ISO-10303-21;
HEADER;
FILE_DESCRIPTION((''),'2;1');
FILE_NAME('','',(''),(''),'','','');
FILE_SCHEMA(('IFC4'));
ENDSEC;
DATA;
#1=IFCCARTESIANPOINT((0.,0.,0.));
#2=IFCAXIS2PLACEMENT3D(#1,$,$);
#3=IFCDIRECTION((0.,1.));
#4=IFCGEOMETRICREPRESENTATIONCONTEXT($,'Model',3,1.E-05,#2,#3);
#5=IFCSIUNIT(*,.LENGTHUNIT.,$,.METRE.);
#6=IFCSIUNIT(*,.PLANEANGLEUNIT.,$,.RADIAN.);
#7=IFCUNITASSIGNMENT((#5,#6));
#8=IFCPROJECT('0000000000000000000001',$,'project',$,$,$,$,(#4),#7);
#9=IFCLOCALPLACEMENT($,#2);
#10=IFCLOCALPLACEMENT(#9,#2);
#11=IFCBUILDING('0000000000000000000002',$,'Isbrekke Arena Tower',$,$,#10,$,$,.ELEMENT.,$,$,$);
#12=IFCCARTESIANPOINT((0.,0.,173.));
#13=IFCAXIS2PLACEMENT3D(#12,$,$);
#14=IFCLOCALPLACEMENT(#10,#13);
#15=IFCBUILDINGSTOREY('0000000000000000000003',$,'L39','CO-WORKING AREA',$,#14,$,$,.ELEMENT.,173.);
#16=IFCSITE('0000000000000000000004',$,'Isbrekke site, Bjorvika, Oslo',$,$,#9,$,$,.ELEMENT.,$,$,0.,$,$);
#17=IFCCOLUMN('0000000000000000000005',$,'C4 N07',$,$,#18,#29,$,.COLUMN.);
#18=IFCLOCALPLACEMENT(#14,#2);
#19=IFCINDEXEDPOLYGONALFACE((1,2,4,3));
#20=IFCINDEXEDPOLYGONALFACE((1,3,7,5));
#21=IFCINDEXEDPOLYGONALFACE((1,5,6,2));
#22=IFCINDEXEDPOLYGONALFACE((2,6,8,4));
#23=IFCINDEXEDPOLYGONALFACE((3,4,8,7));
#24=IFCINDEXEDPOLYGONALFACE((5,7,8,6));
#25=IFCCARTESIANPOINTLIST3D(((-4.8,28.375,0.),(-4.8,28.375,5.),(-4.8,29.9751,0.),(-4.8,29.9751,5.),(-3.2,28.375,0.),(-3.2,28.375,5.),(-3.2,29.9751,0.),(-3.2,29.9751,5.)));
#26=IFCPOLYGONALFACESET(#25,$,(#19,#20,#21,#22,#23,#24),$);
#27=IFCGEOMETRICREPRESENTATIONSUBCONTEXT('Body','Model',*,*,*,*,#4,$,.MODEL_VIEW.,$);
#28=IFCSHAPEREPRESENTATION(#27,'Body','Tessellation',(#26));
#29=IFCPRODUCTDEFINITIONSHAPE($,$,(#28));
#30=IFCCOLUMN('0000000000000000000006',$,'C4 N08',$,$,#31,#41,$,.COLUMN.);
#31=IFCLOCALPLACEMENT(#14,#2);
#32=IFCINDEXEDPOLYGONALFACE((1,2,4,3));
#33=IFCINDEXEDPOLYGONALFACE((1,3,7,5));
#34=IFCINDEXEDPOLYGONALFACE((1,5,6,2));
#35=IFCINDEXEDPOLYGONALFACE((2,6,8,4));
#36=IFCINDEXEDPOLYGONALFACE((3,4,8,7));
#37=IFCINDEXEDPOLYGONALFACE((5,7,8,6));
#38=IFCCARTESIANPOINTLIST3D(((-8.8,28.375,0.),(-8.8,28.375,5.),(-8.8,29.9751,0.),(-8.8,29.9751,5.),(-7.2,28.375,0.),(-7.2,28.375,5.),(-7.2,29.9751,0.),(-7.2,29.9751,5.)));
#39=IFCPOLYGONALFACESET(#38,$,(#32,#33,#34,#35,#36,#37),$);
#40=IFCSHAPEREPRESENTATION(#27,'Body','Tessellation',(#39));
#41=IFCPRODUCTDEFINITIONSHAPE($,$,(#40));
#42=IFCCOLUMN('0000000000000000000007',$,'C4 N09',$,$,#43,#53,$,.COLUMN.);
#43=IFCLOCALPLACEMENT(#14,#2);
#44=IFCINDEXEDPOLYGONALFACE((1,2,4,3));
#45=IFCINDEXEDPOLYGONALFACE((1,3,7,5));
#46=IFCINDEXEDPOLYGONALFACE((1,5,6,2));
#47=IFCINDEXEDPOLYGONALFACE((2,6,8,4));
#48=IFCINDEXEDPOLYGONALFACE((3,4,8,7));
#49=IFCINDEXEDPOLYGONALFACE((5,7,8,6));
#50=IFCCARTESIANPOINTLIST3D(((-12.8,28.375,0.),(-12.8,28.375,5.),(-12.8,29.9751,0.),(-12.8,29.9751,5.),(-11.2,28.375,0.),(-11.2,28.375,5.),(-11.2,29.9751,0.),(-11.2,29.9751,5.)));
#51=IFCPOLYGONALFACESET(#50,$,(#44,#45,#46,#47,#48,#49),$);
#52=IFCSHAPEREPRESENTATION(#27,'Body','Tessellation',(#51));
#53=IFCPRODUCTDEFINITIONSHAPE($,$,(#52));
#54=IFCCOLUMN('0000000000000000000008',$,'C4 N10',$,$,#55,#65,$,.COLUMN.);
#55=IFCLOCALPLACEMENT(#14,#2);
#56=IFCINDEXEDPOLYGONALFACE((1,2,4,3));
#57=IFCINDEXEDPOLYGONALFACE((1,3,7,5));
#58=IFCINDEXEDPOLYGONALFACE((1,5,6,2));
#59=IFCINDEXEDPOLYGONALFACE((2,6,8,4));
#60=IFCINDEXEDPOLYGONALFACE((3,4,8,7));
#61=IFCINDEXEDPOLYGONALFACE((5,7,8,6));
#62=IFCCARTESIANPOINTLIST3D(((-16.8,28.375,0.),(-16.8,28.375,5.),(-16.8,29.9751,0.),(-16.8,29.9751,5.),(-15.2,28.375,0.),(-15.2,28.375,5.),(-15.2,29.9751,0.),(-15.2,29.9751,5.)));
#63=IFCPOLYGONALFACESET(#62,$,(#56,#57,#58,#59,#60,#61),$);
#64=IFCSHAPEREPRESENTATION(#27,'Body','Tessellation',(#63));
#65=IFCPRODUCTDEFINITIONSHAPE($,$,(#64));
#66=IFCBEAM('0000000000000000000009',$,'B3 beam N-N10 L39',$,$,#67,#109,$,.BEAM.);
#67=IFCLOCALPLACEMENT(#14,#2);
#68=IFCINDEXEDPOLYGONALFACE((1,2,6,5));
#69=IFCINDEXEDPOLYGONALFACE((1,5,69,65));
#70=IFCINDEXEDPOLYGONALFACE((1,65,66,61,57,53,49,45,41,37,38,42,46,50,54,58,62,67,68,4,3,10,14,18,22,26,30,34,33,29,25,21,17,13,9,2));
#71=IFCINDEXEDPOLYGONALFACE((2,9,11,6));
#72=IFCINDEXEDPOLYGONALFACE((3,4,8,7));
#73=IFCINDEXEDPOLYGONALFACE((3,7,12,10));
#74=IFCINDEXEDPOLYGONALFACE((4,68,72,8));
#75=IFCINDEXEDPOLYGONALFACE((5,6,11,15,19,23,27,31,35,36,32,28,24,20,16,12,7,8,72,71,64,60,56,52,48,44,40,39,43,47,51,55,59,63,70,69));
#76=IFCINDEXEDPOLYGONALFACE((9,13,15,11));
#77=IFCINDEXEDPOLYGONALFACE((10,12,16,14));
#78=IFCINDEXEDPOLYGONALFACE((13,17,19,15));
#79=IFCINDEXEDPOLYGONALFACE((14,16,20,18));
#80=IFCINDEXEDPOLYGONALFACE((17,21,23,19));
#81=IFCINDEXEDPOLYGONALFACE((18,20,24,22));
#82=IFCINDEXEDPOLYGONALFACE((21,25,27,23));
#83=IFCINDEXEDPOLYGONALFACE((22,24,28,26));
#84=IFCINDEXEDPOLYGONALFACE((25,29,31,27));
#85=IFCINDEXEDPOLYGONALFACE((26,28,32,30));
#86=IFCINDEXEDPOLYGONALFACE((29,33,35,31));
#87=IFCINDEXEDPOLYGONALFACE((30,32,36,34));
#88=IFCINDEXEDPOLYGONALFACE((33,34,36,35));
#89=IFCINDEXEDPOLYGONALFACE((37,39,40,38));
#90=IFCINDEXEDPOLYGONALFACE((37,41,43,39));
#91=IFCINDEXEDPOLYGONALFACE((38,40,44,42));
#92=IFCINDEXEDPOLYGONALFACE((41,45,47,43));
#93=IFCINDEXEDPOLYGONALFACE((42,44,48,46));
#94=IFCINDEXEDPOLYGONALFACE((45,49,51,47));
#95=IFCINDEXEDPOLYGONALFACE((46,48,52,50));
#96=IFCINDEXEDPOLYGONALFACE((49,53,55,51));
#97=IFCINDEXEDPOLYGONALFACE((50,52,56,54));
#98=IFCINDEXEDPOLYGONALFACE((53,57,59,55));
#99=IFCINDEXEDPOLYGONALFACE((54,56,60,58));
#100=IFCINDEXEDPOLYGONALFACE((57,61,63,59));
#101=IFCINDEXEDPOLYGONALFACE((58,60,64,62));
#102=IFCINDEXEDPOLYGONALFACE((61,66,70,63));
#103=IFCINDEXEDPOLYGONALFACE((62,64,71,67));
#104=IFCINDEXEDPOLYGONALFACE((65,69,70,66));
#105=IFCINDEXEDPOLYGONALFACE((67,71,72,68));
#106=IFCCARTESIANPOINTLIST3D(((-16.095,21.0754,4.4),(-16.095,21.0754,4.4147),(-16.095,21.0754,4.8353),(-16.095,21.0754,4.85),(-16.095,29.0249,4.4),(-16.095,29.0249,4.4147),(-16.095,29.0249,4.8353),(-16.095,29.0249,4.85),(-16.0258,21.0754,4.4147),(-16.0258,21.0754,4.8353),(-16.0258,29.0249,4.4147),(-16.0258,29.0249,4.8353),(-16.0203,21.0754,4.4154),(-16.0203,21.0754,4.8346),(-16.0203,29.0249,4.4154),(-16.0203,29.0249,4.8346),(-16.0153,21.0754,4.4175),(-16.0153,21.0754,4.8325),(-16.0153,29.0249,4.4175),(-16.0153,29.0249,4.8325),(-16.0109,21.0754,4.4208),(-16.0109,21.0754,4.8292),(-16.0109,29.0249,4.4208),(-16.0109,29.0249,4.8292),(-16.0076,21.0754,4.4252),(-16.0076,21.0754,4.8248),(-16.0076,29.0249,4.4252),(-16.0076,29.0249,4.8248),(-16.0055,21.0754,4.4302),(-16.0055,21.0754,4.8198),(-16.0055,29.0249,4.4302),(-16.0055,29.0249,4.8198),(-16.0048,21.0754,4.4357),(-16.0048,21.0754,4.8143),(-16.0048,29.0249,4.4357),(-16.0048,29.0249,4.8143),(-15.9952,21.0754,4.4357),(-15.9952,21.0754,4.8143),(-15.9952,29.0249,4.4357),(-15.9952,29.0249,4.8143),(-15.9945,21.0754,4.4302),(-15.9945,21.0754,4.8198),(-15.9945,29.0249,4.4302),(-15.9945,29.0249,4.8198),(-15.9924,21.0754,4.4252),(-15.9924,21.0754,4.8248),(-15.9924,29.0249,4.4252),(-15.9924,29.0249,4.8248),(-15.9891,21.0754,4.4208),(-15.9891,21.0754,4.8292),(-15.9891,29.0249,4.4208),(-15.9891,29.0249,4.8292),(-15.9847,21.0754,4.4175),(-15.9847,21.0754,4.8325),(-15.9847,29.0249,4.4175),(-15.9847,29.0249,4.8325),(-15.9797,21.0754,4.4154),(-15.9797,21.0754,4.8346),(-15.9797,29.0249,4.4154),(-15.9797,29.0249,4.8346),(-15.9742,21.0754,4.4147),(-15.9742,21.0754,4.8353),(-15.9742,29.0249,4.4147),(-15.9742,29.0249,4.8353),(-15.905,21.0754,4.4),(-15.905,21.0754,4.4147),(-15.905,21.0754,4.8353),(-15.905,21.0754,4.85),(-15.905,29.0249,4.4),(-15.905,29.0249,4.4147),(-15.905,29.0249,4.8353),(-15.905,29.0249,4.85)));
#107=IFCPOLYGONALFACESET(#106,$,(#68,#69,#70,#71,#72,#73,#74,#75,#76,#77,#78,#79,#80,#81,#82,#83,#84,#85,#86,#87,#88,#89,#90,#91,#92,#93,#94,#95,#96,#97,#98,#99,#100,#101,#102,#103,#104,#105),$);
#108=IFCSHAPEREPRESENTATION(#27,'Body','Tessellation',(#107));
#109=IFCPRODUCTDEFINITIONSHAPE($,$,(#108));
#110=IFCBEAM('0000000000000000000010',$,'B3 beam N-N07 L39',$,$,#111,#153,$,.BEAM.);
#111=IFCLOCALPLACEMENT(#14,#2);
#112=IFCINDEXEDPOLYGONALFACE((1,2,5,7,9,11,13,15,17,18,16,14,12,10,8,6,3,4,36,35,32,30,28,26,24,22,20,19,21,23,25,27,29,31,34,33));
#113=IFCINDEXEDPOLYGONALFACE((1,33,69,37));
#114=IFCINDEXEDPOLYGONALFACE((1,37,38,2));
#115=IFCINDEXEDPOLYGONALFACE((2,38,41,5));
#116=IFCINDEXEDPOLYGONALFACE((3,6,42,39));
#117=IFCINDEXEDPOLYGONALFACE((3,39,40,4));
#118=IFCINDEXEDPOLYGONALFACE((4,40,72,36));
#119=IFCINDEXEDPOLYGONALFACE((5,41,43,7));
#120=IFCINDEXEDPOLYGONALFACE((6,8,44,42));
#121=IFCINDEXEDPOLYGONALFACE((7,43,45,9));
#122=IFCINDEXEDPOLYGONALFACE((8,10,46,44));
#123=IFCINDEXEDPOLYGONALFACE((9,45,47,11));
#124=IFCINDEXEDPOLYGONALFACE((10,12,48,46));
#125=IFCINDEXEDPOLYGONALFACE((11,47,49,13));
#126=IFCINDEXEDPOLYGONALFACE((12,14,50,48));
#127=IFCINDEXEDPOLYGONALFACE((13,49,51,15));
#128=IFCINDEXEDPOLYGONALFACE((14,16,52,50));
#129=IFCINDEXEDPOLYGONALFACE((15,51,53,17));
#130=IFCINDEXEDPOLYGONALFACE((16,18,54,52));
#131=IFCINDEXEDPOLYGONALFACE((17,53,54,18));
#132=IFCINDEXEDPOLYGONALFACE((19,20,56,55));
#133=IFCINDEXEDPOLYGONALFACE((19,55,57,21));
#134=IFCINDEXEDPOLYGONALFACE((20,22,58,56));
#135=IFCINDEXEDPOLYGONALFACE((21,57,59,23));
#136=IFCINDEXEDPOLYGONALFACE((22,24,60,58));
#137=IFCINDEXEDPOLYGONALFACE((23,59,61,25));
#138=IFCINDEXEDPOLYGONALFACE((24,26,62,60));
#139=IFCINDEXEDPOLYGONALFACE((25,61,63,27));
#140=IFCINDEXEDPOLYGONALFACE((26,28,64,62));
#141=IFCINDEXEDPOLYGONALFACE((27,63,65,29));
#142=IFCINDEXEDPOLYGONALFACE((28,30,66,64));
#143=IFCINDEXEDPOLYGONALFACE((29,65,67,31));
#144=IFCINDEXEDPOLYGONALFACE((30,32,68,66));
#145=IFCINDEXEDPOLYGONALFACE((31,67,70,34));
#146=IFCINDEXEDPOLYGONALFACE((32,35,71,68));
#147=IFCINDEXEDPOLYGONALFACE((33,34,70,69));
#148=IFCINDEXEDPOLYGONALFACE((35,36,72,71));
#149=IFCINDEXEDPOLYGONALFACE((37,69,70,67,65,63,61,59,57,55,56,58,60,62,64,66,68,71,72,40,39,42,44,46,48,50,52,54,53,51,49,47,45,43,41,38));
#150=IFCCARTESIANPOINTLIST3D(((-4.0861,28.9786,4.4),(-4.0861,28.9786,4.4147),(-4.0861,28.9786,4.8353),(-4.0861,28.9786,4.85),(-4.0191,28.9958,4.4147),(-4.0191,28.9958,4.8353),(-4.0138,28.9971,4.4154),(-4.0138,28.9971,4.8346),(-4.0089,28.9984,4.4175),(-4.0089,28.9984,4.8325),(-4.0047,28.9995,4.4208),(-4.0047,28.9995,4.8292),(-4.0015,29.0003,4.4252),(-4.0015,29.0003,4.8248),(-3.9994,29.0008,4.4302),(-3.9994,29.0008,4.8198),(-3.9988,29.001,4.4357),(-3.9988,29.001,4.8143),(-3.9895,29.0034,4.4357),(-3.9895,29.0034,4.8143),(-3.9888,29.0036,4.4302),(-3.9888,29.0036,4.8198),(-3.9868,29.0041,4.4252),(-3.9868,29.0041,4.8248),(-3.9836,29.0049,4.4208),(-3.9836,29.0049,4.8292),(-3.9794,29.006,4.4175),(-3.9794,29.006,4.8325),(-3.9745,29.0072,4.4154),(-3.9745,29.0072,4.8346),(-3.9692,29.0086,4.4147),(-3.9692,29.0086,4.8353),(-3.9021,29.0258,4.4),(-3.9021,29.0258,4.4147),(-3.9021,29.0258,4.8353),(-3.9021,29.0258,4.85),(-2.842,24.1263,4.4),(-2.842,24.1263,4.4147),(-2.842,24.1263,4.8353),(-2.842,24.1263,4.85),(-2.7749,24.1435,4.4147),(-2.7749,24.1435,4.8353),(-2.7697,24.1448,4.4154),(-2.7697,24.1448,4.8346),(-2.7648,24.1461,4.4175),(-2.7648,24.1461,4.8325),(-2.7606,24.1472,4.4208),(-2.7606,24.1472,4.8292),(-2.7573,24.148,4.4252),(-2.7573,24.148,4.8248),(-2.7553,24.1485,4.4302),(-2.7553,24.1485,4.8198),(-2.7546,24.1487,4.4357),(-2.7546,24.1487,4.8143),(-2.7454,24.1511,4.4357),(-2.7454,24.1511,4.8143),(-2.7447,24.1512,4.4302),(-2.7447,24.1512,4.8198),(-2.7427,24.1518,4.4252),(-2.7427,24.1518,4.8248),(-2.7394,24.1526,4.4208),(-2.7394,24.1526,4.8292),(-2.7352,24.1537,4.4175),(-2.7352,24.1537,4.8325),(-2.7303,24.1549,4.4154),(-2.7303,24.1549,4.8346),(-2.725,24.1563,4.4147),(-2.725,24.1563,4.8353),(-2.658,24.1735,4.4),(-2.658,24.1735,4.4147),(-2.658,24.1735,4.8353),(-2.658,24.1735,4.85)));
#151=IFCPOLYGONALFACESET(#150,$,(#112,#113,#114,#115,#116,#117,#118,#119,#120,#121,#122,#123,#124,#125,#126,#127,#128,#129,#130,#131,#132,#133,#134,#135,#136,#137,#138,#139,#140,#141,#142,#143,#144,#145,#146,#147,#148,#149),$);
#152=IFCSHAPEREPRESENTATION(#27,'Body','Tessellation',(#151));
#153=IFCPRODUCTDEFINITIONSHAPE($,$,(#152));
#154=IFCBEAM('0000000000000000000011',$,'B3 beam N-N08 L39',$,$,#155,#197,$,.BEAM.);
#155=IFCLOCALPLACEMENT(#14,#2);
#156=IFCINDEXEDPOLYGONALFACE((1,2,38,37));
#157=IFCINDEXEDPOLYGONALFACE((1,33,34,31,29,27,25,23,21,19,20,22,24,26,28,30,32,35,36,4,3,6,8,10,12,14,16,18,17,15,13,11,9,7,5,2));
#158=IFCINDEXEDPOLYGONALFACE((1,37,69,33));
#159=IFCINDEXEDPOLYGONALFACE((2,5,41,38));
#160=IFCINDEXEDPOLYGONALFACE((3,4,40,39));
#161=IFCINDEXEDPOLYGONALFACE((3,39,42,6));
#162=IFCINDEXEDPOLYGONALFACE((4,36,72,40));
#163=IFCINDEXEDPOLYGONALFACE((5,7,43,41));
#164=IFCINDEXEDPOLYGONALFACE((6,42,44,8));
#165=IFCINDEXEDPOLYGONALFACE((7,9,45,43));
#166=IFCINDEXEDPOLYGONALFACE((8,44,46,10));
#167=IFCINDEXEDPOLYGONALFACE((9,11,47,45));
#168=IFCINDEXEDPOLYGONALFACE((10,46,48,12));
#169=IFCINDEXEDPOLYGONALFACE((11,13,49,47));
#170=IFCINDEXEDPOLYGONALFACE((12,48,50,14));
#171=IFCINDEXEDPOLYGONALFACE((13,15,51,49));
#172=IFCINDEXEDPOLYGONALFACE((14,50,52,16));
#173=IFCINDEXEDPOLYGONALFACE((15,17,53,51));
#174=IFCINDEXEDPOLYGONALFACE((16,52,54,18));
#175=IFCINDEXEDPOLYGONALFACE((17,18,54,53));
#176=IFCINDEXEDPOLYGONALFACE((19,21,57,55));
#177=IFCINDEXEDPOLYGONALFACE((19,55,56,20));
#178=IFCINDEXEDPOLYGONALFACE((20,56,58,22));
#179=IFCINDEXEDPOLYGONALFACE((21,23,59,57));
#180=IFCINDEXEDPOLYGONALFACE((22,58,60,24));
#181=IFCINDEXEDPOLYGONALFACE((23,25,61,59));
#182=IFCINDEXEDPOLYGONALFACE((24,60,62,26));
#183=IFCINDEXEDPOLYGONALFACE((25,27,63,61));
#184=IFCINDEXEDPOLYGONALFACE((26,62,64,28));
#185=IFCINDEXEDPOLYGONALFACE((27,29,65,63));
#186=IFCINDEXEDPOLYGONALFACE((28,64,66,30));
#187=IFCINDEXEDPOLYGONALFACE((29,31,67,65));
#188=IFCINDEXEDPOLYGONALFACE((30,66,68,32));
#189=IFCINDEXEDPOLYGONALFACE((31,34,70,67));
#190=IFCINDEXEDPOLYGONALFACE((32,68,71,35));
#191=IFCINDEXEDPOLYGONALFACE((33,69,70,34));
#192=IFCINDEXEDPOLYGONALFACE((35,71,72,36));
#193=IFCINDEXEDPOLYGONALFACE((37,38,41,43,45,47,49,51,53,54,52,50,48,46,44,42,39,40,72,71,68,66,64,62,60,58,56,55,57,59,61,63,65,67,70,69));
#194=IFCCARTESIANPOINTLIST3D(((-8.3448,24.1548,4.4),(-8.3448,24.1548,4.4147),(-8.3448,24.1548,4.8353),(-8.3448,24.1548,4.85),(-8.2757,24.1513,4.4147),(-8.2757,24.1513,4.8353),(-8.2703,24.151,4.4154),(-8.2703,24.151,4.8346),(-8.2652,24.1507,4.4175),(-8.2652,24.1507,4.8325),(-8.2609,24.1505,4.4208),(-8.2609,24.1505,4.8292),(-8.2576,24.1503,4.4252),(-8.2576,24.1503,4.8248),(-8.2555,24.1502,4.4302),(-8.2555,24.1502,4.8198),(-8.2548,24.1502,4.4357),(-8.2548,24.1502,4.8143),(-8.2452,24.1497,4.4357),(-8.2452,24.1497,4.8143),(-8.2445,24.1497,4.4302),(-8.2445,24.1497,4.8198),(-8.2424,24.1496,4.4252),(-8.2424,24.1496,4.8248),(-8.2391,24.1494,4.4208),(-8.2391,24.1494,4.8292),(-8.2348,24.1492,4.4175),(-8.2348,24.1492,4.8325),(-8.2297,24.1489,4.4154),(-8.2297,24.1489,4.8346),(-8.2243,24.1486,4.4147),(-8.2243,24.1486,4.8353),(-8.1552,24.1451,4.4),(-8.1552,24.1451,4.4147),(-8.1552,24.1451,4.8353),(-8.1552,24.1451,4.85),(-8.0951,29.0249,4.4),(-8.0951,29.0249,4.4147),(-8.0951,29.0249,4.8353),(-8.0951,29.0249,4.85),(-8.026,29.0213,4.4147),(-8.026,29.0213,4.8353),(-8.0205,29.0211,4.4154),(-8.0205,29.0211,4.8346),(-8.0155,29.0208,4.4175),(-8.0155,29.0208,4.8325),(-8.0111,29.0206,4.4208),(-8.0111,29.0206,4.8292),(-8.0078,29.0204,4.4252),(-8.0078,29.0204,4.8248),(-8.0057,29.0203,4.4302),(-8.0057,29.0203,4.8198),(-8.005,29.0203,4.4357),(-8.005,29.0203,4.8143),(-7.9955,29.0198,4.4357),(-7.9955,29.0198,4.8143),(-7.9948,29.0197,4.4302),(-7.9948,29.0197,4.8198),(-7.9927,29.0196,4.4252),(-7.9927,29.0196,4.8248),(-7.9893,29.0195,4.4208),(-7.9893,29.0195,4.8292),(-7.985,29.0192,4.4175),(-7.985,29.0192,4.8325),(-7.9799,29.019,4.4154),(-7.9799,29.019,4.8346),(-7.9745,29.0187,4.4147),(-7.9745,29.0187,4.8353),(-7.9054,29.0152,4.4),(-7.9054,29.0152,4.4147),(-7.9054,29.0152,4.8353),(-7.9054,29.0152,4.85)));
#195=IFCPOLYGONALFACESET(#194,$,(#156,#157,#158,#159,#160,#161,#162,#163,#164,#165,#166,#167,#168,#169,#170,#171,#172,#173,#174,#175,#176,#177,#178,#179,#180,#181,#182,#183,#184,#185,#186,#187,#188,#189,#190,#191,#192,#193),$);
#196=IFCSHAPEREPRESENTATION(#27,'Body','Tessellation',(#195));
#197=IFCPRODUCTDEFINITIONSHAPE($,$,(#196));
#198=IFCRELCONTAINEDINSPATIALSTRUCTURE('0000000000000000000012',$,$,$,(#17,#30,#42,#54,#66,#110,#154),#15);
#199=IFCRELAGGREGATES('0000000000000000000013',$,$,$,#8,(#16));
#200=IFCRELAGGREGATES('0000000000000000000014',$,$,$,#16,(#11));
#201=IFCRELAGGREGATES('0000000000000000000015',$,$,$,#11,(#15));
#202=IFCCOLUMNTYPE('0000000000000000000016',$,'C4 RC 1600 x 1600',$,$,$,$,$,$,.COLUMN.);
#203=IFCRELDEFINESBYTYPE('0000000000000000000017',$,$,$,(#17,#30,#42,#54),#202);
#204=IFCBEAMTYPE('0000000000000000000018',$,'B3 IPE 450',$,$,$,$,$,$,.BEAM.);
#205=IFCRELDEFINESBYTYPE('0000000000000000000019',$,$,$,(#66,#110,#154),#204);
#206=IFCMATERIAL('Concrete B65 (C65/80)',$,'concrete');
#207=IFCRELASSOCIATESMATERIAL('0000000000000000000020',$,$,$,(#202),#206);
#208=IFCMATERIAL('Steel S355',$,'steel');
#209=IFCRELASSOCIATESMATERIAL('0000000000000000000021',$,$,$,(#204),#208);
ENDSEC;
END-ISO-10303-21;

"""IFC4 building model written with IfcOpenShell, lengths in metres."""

from ifc_helpers import new_model, si_unit, direction, frame, origin, origin_2d, place, context, subcontext, project, spatial, rectangle, i_section, extrude, material, material_profile, profile_set, type_object, element, save


model = new_model("IFC4")

# Units and contexts
model_context = context("Model", 3, precision=1e-05, world=origin(), true_north=direction((0.0, 1.0)))
body_context = subcontext(model_context, "Body", "Model", "MODEL_VIEW")
ifc_project = project(units=[si_unit("LENGTHUNIT", "METRE"), si_unit("PLANEANGLEUNIT", "RADIAN")], contexts=[model_context])

# Site, building, storey
site_placement = place(None, origin())
site = spatial("IfcSite", under=ifc_project, at=site_placement, Name="Isbrekke site, Bjorvika, Oslo", CompositionType="ELEMENT", RefElevation=0.0)
building_placement = place(site_placement, origin())
building = spatial("IfcBuilding", under=site, at=building_placement, Name="Isbrekke Arena Tower", CompositionType="ELEMENT")
storey_placement = place(building_placement, frame((0.0, 0.0, 173.0)))
storey = spatial("IfcBuildingStorey", under=building, at=storey_placement, Name="L39", Description="CO-WORKING AREA", CompositionType="ELEMENT", Elevation=173.0)

# Columns
ifc_material_1 = material(Name="Concrete B65 (C65/80)", Category="concrete")
ifc_material_profile_1 = material_profile(ifc_material_1, rectangle(XDim=1.6001, YDim=1.6001, at=origin_2d()), Name="RC 1600x1600")
ifc_profile_set_1 = profile_set([ifc_material_profile_1], Name="Concrete B65 (C65/80)")
column_type = type_object("IfcColumnType", Name="C4 RC 1600 x 1600", PredefinedType="COLUMN", material=ifc_profile_set_1)
for number, where, z_axis, x_axis, name in (
    (1, (-4.0, 29.175, 0.0), (0.0, 0.0, 1.0), (-1.0, 0.0, 0.0), "C4 N07"),
    (2, (-8.0, 29.175, 0.0), (0.0, 0.0, 1.0), (-1.0, 0.0, 0.0), "C4 N08"),
    (3, (-12.0, 29.175, 0.0), (0.0, 0.0, 1.0), (-1.0, 0.0, 0.0), "C4 N09"),
    (4, (-16.0, 29.175, 0.0), (0.0, 0.0, 1.0), (-1.0, 0.0, 0.0), "C4 N10"),
):
    element("IfcColumn", number, at=place(storey_placement, frame(where, z_axis=z_axis, x_axis=x_axis)), inside=storey, type_object=column_type, Name=name, PredefinedType="COLUMN", context=body_context, shape_type="SweptSolid", body=[
        extrude(rectangle(XDim=1.6001, YDim=1.6001, at=origin_2d()), origin(), (0.0, 0.0, 1.0), 5.0),
    ])

# Beams
ifc_material_2 = material(Name="Steel S355", Category="steel")
ifc_material_profile_2 = material_profile(ifc_material_2, i_section(OverallWidth=0.1899, OverallDepth=0.45, WebThickness=0.0095, FlangeThickness=0.0146, FilletRadius=0.021, at=origin_2d()), Name="IPE 450")
ifc_profile_set_2 = profile_set([ifc_material_profile_2], Name="Steel S355")
beam_type_1 = type_object("IfcBeamType", Name="B3 IPE 450", PredefinedType="BEAM", material=ifc_profile_set_2)
beam_1_placement = place(storey_placement, frame((-16.0, 29.0249, 4.625), z_axis=(0.0, -1.0, 0.0), x_axis=(1.0, 0.0, 0.0)))
element("IfcBeam", 5, at=beam_1_placement, inside=storey, type_object=beam_type_1, Name="B3 beam N-N10 L39", PredefinedType="BEAM", context=body_context, shape_type="SweptSolid", body=[
    extrude(i_section(OverallWidth=0.1899, OverallDepth=0.45, WebThickness=0.0095, FlangeThickness=0.0146, FilletRadius=0.021, at=origin_2d()), origin(), (0.0, 0.0, 1.0), 7.9495),
])
beam_2_placement = place(storey_placement, frame((-3.9941, 29.0022, 4.625), z_axis=(0.248368, -0.968666, 0.0), x_axis=(0.968666, 0.248368, 0.0)))
element("IfcBeam", 6, at=beam_2_placement, inside=storey, type_object=beam_type_1, Name="B3 beam N-N07 L39", PredefinedType="BEAM", context=body_context, shape_type="SweptSolid", body=[
    extrude(i_section(OverallWidth=0.1899, OverallDepth=0.45, WebThickness=0.0095, FlangeThickness=0.0146, FilletRadius=0.021, at=origin_2d()), origin(), (0.0, 0.0, 1.0), 5.0093),
])
beam_3_placement = place(storey_placement, frame((-8.0002, 29.02, 4.625), z_axis=(-0.051216, -0.998688, 0.0), x_axis=(0.998688, -0.051216, 0.0)))
element("IfcBeam", 7, at=beam_3_placement, inside=storey, type_object=beam_type_1, Name="B3 beam N-N08 L39", PredefinedType="BEAM", context=body_context, shape_type="SweptSolid", body=[
    extrude(i_section(OverallWidth=0.1899, OverallDepth=0.45, WebThickness=0.0095, FlangeThickness=0.0146, FilletRadius=0.021, at=origin_2d()), origin(), (0.0, 0.0, 1.0), 4.8765),
])

save(model, "model.ifc")
